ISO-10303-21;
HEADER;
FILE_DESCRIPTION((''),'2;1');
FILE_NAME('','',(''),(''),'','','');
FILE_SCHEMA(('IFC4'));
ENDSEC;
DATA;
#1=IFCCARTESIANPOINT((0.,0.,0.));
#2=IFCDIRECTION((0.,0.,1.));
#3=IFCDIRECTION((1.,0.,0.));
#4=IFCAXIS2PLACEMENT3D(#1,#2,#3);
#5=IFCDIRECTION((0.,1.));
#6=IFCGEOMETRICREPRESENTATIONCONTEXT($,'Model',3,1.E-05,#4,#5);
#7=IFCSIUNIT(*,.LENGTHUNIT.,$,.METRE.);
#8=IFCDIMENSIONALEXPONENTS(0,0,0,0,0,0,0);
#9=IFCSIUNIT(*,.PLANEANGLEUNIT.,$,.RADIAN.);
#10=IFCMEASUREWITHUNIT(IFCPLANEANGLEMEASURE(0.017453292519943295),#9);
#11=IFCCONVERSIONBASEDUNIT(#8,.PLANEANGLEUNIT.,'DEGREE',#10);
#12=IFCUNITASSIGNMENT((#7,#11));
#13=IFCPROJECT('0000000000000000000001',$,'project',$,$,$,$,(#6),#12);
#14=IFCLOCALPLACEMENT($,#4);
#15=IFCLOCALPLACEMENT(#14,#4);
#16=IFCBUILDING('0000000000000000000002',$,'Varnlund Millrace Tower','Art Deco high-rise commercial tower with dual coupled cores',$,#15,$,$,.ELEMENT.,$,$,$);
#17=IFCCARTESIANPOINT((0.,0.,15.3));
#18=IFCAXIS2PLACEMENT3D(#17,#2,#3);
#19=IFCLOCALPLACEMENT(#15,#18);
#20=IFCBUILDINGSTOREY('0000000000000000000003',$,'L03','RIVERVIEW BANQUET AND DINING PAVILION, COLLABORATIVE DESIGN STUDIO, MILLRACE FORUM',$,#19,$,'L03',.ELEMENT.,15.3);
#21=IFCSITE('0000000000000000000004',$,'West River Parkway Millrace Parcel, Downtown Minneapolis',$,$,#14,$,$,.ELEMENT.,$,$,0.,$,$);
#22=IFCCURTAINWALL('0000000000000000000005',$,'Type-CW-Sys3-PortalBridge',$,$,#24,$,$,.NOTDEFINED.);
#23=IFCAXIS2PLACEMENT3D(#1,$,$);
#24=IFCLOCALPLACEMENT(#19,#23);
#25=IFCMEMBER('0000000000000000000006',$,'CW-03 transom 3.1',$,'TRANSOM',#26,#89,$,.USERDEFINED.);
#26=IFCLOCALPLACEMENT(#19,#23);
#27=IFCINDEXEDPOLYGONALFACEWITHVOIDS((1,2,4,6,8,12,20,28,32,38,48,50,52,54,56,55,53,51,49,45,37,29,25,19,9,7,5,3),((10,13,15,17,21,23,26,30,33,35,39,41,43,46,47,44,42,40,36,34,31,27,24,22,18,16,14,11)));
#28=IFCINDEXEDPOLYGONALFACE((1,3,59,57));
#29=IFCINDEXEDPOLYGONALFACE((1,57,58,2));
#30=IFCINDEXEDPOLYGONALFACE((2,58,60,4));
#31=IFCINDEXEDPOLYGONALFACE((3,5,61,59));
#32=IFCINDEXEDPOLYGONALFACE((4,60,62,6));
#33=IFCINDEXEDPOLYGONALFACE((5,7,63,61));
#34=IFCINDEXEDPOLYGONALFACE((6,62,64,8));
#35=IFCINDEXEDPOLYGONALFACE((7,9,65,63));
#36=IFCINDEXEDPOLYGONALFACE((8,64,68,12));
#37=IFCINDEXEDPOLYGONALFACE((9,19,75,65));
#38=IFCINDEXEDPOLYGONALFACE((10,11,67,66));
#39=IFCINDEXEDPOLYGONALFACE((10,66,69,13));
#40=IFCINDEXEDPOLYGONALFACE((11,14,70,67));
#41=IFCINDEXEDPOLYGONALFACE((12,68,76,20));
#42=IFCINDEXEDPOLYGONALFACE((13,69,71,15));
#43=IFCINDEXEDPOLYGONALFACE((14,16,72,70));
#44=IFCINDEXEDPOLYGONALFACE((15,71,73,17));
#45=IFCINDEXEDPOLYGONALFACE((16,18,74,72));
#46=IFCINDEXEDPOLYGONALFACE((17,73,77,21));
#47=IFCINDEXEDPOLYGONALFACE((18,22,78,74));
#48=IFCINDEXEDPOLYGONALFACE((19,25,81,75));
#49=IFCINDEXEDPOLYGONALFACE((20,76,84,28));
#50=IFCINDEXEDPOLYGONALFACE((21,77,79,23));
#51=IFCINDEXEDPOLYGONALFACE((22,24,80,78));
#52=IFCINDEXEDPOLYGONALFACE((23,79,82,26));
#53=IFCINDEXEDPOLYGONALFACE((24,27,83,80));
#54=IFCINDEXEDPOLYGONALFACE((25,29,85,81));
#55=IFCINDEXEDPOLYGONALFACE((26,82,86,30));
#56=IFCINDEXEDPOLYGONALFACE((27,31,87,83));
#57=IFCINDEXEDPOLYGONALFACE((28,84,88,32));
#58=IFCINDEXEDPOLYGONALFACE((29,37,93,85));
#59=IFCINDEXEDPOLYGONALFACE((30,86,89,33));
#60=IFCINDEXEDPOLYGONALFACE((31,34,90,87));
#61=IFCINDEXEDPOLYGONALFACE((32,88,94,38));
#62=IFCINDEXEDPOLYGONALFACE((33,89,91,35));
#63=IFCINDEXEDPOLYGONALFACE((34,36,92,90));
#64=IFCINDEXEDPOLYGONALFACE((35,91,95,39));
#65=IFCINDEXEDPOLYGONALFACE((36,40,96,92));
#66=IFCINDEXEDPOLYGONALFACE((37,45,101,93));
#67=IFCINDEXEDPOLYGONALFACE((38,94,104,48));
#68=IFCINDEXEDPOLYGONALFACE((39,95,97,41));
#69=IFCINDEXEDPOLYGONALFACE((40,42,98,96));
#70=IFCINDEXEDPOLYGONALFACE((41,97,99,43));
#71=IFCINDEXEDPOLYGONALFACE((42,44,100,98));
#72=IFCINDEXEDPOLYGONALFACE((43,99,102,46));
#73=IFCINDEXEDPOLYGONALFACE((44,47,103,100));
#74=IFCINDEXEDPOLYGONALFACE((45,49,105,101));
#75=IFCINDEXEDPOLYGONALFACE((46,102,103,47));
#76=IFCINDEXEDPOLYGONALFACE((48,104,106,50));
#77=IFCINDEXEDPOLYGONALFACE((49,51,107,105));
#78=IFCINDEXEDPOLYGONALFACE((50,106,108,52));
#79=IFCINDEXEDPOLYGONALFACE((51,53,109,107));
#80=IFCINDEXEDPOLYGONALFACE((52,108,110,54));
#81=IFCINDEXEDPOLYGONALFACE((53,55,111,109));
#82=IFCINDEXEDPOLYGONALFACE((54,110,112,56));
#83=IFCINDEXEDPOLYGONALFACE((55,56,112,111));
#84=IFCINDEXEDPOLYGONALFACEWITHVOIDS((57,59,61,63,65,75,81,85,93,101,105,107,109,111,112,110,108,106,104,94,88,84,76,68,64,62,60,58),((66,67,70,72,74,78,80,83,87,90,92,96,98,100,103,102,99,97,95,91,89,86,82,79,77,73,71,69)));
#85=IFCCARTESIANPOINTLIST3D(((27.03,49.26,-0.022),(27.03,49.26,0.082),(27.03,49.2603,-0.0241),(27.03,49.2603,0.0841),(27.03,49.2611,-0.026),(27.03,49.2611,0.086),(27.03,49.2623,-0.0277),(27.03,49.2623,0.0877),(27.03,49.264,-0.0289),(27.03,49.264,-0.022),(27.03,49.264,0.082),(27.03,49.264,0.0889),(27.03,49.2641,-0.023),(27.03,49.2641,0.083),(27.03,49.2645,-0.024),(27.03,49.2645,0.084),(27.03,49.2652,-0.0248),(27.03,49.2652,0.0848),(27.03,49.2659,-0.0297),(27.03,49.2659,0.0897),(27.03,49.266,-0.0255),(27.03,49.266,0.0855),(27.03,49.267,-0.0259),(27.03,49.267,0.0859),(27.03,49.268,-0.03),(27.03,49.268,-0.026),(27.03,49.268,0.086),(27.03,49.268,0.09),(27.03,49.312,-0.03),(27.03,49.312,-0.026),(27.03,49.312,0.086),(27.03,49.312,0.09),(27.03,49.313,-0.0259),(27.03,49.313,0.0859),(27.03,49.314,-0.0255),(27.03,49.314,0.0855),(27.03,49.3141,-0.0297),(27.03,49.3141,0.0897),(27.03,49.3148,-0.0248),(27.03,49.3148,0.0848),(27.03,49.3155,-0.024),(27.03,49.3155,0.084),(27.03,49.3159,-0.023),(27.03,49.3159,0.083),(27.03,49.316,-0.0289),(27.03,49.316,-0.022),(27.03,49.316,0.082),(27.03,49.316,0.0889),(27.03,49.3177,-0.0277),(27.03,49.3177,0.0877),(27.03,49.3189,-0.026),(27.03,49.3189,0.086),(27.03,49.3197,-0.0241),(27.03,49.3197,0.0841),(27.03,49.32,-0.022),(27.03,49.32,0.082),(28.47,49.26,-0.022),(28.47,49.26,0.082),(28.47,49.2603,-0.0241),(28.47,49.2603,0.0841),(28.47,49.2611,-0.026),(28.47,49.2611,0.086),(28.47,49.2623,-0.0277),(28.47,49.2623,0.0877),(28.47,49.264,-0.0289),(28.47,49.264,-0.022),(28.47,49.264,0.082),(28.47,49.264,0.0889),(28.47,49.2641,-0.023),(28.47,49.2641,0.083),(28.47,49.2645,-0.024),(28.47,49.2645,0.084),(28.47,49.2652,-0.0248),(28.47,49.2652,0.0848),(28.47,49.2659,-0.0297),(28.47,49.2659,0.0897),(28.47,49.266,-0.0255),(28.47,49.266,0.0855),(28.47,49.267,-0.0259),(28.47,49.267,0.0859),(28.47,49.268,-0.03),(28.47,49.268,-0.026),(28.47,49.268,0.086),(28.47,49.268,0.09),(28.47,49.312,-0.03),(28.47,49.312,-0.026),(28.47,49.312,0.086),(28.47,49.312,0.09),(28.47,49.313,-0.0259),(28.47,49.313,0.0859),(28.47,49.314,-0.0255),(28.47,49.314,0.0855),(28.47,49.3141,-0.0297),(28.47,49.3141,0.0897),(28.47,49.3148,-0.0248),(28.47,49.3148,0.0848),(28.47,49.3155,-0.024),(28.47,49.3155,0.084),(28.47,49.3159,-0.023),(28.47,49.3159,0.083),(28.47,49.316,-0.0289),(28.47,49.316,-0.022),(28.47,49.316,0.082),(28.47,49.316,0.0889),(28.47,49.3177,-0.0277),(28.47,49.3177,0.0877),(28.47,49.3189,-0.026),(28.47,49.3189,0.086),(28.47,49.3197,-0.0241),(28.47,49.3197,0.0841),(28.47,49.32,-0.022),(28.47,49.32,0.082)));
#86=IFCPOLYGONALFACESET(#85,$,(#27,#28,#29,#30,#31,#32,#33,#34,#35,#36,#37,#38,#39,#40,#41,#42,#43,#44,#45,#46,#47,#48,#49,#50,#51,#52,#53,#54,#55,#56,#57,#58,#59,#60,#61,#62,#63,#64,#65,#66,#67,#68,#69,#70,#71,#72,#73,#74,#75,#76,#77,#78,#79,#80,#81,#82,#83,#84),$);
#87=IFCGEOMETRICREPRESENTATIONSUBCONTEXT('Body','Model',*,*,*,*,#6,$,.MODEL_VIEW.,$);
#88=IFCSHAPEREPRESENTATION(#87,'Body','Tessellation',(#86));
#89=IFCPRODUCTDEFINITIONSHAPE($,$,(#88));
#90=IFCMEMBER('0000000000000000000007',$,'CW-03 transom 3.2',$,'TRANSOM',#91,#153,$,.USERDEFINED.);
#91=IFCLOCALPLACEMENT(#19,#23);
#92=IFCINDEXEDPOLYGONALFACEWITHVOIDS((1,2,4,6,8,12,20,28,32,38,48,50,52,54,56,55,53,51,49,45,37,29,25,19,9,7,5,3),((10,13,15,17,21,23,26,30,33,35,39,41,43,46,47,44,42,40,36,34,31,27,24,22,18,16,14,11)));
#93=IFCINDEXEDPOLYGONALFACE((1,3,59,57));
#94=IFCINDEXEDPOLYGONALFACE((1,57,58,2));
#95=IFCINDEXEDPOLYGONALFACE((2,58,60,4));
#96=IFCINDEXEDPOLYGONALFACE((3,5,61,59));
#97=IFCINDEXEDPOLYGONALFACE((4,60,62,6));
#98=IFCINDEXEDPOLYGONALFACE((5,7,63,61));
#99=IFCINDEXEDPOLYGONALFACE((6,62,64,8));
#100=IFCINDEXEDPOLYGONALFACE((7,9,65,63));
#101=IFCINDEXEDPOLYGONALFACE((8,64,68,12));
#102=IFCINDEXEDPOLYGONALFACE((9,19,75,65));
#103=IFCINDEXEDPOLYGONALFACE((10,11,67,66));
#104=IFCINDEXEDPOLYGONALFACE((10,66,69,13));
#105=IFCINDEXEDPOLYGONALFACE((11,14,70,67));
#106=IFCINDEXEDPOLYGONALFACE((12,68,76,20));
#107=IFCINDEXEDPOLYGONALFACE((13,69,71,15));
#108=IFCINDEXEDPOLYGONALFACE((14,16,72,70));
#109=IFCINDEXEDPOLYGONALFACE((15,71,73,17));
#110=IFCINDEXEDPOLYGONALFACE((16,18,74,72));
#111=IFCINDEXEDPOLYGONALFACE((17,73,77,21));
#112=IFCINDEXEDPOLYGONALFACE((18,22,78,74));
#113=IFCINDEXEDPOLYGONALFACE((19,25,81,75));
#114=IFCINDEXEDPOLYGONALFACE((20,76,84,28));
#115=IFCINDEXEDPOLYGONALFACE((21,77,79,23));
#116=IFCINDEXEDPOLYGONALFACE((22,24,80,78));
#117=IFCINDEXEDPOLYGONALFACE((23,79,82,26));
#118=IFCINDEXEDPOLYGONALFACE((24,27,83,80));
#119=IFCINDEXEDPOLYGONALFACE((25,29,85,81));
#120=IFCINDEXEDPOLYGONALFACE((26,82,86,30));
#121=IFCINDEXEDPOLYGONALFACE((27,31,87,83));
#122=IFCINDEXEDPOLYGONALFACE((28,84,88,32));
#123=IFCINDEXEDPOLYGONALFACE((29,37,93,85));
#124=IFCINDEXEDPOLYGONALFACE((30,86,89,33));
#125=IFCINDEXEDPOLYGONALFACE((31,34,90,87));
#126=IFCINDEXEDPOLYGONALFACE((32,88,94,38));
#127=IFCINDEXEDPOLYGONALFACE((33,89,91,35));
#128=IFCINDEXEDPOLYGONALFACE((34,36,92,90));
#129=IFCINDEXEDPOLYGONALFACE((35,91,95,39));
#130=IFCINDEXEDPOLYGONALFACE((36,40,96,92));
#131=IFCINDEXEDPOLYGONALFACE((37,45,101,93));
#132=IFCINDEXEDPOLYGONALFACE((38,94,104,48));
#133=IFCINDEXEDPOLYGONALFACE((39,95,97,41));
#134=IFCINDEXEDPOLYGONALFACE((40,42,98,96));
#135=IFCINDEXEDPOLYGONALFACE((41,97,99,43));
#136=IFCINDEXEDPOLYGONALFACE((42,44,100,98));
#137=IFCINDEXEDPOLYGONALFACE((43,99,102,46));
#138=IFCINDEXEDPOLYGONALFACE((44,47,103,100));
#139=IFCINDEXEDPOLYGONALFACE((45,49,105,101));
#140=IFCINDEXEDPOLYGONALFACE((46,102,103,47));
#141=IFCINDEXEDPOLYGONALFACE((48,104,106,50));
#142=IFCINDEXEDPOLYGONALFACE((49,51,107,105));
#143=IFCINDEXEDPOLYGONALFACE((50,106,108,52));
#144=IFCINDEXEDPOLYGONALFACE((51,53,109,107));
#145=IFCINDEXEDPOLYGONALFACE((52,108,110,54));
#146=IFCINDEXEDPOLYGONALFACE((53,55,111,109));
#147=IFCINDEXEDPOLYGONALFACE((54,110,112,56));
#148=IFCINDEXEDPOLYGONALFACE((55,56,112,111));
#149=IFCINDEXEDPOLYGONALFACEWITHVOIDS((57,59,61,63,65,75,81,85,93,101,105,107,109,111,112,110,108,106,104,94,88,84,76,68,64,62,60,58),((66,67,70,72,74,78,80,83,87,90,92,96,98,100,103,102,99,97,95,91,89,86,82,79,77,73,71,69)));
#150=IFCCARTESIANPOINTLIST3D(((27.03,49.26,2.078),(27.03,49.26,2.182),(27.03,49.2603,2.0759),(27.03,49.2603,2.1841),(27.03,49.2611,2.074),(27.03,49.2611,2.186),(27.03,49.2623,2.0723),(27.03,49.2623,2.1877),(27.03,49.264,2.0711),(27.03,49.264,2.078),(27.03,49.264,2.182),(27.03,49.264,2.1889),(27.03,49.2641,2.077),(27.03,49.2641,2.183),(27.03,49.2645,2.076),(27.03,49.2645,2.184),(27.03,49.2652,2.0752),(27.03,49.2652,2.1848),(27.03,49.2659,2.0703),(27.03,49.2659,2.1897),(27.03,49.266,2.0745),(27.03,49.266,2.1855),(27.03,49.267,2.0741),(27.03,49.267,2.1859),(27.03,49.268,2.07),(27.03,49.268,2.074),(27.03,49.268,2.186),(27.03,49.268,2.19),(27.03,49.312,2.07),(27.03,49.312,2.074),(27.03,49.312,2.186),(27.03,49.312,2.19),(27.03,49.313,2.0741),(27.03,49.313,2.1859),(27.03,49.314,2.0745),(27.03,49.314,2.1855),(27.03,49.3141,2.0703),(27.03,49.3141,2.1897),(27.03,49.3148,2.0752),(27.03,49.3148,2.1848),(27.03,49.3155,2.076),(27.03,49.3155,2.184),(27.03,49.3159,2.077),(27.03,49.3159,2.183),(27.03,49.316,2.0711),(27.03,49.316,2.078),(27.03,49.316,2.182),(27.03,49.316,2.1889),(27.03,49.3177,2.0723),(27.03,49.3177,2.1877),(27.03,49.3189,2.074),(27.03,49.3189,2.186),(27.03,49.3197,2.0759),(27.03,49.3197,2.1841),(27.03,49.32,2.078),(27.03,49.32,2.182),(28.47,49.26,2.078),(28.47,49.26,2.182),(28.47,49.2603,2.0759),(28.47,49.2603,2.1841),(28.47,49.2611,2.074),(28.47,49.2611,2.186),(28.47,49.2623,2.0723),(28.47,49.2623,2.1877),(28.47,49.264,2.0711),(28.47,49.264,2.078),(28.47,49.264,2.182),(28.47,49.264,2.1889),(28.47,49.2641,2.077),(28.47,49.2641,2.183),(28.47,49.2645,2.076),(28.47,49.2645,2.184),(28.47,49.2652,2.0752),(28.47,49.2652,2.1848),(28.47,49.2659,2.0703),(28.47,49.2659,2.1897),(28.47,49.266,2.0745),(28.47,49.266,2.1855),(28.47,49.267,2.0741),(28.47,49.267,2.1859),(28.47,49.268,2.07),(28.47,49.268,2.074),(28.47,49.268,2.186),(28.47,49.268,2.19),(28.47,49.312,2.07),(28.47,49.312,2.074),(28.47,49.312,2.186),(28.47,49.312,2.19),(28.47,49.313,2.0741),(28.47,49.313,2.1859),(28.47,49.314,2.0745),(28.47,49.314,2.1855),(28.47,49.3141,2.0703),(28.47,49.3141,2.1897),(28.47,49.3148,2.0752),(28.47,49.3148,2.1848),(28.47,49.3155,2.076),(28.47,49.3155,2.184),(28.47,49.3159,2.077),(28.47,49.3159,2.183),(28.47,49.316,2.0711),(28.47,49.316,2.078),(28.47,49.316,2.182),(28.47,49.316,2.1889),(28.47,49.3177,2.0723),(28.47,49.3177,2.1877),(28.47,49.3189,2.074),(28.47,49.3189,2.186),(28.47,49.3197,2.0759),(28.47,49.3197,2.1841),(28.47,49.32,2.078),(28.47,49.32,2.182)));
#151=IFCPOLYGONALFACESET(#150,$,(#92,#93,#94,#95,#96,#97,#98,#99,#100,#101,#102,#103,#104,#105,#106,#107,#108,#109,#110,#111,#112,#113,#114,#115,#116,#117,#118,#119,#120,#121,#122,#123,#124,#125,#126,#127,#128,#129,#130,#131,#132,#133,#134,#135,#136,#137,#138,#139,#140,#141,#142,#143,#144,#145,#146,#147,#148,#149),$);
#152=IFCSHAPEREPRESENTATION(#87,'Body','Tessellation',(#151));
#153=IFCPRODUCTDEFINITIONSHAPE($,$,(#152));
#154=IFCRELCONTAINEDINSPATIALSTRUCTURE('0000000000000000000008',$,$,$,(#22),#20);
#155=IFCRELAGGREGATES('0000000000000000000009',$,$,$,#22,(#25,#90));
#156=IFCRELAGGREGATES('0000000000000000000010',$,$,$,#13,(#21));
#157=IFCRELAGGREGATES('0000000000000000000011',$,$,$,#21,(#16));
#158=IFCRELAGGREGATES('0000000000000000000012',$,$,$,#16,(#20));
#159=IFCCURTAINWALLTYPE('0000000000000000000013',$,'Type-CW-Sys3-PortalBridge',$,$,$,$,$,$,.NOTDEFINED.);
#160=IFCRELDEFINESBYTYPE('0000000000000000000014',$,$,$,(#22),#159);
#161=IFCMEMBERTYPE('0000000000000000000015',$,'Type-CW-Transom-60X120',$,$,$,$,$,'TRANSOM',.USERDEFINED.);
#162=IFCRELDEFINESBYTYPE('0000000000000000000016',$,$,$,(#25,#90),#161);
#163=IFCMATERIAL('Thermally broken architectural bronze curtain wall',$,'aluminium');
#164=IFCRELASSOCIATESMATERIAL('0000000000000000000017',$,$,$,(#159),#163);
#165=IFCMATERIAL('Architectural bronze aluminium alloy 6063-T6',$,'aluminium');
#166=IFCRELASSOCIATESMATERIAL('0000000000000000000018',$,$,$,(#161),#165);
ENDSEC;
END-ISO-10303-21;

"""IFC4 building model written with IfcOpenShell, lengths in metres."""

from ifc_helpers import new_model, entity, si_unit, converted_unit, direction, frame, origin_with_axes, origin_2d_with_axis, place, context, subcontext, project, spatial, hollow_rectangle, extrude, material, material_profile, profile_set, type_object, element, aggregate, save


model = new_model("IFC4")

# Units and contexts
model_context = context("Model", 3, precision=1e-05, world=origin_with_axes(), true_north=direction((0.0, 1.0)))
body_context = subcontext(model_context, "Body", "Model", "MODEL_VIEW")
ifc_project = project(units=[si_unit("LENGTHUNIT", "METRE"), converted_unit("PLANEANGLEUNIT", "DEGREE", entity("IfcPlaneAngleMeasure", 0.017453292519943295), si_unit("PLANEANGLEUNIT", "RADIAN"), dimensions=[0, 0, 0, 0, 0, 0, 0])], contexts=[model_context])

# Site, building, storey
site_placement = place(None, origin_with_axes())
site = spatial("IfcSite", under=ifc_project, at=site_placement, Name="West River Parkway Millrace Parcel, Downtown Minneapolis", CompositionType="ELEMENT", RefElevation=0.0)
building_placement = place(site_placement, origin_with_axes())
building = spatial("IfcBuilding", under=site, at=building_placement, Name="Varnlund Millrace Tower", Description="Art Deco high-rise commercial tower with dual coupled cores", CompositionType="ELEMENT")
storey_placement = place(building_placement, frame((0.0, 0.0, 15.3), z_axis=(0.0, 0.0, 1.0), x_axis=(1.0, 0.0, 0.0)))
storey = spatial("IfcBuildingStorey", under=building, at=storey_placement, Name="L03", Description="RIVERVIEW BANQUET AND DINING PAVILION, COLLABORATIVE DESIGN STUDIO, MILLRACE FORUM", LongName="L03", CompositionType="ELEMENT", Elevation=15.3)

# Curtain wall, members
ifc_material_1 = material(Name="Thermally broken architectural bronze curtain wall", Category="aluminium")
curtain_wall_type = type_object("IfcCurtainWallType", Name="Type-CW-Sys3-PortalBridge", PredefinedType="NOTDEFINED", material=ifc_material_1)
curtain_wall_placement = place(storey_placement, frame((24.0, 49.29, 0.0), z_axis=(0.0, 0.0, 1.0), x_axis=(1.0, 0.0, 0.0)))
curtain_wall = element("IfcCurtainWall", 1, at=curtain_wall_placement, inside=storey, type_object=curtain_wall_type, Name="Type-CW-Sys3-PortalBridge", PredefinedType="NOTDEFINED")
ifc_material_2 = material(Name="Architectural bronze aluminium alloy 6063-T6", Category="aluminium")
ifc_material_profile_1 = material_profile(ifc_material_2, hollow_rectangle(XDim=0.06, YDim=0.12, WallThickness=0.004, InnerFilletRadius=0.004, OuterFilletRadius=0.008, at=origin_2d_with_axis()), Name="Architectural bronze aluminium alloy 6063-T6")
ifc_profile_set_1 = profile_set([ifc_material_profile_1], Name="Architectural bronze aluminium alloy 6063-T6")
member_type_1 = type_object("IfcMemberType", Name="Type-CW-Transom-60X120", ElementType="TRANSOM", PredefinedType="USERDEFINED", material=ifc_profile_set_1)
member_1_placement = place(storey_placement, frame((27.03, 49.29, 0.03), z_axis=(1.0, 0.0, 0.0), x_axis=(0.0, 1.0, 0.0)))
member_1 = element("IfcMember", 2, at=member_1_placement, type_object=member_type_1, Name="CW-03 transom 3.1", ObjectType="TRANSOM", PredefinedType="USERDEFINED", context=body_context, shape_type="SweptSolid", body=[
    extrude(hollow_rectangle(XDim=0.06, YDim=0.12, WallThickness=0.004, InnerFilletRadius=0.004, OuterFilletRadius=0.008, at=origin_2d_with_axis()), origin_with_axes(), (0.0, 0.0, 1.0), 1.44),
])
member_2_placement = place(storey_placement, frame((27.03, 49.29, 2.13), z_axis=(1.0, 0.0, 0.0), x_axis=(0.0, 1.0, 0.0)))
member_2 = element("IfcMember", 3, at=member_2_placement, type_object=member_type_1, Name="CW-03 transom 3.2", ObjectType="TRANSOM", PredefinedType="USERDEFINED", context=body_context, shape_type="SweptSolid", body=[
    extrude(hollow_rectangle(XDim=0.06, YDim=0.12, WallThickness=0.004, InnerFilletRadius=0.004, OuterFilletRadius=0.008, at=origin_2d_with_axis()), origin_with_axes(), (0.0, 0.0, 1.0), 1.44),
])
aggregate(curtain_wall, [member_1, member_2])

save(model, "model.ifc")
